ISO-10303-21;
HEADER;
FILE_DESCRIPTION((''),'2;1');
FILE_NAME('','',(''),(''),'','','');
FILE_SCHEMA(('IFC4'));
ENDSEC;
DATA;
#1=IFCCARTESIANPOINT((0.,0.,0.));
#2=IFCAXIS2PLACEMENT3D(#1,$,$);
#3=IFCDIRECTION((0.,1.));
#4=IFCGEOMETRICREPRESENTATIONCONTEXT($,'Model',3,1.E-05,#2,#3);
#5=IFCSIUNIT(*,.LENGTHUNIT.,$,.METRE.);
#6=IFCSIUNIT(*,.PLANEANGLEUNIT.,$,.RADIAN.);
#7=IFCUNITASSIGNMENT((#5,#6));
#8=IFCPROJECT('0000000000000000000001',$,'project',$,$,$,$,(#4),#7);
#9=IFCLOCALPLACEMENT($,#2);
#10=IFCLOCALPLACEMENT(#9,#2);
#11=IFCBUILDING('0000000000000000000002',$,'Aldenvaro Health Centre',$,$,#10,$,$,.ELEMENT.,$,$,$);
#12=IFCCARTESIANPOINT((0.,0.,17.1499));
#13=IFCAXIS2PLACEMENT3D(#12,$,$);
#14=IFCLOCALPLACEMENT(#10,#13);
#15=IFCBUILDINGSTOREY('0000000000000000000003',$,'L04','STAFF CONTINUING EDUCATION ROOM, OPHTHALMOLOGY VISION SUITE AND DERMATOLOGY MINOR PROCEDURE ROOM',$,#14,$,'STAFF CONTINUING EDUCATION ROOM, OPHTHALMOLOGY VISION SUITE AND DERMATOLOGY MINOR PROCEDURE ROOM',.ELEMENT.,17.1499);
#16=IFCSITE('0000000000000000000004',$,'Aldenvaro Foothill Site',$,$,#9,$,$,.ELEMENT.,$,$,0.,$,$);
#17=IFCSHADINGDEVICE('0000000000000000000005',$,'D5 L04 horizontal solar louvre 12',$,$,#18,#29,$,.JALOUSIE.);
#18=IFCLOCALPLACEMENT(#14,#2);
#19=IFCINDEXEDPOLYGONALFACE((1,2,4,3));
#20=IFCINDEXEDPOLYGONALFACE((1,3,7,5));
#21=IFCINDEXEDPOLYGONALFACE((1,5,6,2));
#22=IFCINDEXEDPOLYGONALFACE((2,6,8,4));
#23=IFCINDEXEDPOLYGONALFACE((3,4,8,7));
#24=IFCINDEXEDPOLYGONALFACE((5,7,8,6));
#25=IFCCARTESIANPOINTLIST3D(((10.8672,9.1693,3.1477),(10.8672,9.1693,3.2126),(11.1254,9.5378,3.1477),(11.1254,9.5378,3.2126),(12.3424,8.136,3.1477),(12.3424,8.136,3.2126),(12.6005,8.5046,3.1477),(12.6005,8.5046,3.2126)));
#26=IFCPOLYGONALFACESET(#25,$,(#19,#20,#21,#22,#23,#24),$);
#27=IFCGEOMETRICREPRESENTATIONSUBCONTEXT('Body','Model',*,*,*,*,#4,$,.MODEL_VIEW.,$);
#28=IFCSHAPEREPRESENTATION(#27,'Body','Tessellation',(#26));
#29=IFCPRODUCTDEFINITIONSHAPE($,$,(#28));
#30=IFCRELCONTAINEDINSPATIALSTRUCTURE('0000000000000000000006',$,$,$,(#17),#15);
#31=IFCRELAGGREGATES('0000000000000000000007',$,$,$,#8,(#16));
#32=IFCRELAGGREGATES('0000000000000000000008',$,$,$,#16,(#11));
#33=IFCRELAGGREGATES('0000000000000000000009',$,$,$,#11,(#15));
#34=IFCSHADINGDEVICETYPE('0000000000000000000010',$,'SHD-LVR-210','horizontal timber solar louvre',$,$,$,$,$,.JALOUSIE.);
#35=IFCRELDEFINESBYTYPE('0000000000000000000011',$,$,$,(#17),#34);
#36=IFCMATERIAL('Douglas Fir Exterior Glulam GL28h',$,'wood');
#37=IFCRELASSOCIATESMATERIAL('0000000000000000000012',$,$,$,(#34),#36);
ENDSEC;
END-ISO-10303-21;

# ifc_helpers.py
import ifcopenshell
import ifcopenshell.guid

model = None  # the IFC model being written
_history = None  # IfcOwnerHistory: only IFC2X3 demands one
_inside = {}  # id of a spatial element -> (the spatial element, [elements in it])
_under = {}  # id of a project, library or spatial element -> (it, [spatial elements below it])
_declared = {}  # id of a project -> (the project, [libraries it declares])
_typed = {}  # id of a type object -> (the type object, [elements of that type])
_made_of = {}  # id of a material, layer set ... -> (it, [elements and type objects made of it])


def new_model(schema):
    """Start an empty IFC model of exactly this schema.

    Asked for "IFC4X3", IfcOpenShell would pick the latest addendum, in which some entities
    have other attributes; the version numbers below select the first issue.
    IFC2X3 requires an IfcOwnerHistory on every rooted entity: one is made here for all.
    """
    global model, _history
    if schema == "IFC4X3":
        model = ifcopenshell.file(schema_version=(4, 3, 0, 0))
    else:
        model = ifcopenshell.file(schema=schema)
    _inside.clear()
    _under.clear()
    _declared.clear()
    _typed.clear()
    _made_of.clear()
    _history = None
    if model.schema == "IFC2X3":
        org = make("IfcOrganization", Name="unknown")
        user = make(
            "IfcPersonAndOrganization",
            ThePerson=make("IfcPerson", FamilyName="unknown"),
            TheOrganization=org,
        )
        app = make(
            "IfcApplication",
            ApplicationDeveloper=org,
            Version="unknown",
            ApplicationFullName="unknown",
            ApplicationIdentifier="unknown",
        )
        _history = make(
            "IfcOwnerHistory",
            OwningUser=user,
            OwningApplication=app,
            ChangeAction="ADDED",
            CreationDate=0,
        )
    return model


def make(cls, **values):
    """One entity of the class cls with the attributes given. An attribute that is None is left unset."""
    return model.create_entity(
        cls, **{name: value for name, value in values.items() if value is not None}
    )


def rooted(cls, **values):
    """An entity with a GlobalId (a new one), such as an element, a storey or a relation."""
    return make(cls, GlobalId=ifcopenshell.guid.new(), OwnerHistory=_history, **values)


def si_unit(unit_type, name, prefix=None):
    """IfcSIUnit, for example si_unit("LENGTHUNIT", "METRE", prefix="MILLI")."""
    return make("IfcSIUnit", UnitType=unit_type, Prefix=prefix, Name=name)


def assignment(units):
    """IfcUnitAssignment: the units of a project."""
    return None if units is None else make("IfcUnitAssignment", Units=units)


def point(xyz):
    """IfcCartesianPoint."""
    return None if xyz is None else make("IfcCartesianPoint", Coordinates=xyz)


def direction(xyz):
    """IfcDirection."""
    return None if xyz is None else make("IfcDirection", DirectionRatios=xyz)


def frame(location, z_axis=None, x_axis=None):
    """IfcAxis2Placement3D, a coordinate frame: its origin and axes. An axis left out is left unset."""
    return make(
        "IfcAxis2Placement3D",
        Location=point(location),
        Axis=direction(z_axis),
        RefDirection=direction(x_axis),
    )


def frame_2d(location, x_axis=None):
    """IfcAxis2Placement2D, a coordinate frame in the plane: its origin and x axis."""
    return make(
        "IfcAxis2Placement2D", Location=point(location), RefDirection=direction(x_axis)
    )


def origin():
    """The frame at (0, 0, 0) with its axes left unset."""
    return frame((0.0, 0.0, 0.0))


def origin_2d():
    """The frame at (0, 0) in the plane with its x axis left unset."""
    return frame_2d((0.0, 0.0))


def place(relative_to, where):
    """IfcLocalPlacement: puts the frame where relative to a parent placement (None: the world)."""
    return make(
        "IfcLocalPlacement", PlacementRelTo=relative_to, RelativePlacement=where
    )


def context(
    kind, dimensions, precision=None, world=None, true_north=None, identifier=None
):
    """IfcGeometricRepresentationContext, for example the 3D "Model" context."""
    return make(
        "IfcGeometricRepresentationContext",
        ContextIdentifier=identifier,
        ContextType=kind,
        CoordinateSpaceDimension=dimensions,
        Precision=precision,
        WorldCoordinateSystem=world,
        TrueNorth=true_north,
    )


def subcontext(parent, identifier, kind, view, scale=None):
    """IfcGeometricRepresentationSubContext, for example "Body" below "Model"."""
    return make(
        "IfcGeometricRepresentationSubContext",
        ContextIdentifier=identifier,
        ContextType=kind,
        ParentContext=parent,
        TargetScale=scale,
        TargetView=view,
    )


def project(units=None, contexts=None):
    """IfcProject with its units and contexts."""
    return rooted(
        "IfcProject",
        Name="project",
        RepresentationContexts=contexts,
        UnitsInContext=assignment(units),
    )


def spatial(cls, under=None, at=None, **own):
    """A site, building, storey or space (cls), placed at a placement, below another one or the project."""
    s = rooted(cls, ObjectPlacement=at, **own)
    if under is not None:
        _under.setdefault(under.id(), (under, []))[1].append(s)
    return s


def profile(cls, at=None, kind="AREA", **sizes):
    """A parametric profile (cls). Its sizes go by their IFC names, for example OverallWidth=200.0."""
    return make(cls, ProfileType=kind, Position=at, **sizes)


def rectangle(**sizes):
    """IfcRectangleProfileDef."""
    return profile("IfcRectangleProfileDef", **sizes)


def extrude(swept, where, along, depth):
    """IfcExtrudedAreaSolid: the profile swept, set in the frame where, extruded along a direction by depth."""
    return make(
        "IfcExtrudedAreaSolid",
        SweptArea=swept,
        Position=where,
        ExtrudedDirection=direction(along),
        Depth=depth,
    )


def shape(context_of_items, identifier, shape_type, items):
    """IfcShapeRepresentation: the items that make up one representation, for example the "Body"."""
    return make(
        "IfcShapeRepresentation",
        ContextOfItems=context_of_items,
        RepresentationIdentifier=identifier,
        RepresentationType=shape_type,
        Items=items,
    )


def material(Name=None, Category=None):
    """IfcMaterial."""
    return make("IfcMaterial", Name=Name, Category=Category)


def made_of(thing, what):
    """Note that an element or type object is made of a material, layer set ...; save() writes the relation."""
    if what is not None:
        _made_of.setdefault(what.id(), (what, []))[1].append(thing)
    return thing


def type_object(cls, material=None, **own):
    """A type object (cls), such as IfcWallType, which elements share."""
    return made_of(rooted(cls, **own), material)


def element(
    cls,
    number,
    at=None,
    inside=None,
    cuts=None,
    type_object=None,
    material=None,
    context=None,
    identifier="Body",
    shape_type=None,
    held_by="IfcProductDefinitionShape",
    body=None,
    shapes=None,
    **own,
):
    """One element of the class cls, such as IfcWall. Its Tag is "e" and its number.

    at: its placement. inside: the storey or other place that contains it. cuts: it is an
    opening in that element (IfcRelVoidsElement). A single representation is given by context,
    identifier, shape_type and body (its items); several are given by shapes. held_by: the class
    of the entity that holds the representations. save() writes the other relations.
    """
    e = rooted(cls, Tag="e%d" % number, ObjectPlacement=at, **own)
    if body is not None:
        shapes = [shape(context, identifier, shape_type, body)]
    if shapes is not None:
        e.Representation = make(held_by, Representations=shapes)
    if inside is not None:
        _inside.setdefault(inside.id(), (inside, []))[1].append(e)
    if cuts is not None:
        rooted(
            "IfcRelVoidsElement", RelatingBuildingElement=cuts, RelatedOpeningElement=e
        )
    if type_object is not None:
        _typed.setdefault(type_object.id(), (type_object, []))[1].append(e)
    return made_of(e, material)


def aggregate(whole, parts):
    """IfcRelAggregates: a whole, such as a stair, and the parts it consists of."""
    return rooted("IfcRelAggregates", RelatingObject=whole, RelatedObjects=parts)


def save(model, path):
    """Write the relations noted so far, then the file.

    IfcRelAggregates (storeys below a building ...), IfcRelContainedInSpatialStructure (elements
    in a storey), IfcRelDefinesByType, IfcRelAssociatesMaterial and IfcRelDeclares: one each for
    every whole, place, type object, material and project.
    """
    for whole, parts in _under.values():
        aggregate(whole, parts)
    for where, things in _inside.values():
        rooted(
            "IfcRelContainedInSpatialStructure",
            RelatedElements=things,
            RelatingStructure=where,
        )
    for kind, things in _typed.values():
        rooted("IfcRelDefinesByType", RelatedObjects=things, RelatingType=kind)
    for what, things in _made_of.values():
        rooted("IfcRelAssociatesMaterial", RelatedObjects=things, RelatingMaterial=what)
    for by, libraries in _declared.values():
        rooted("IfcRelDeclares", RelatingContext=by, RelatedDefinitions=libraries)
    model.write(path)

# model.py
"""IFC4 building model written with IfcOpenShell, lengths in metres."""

from ifc_helpers import new_model, si_unit, direction, frame, origin, origin_2d, place, context, subcontext, project, spatial, rectangle, extrude, material, type_object, element, save


model = new_model("IFC4")

# Units and contexts
model_context = context("Model", 3, precision=1e-05, world=origin(), true_north=direction((0.0, 1.0)))
body_context = subcontext(model_context, "Body", "Model", "MODEL_VIEW")
ifc_project = project(units=[si_unit("LENGTHUNIT", "METRE"), si_unit("PLANEANGLEUNIT", "RADIAN")], contexts=[model_context])

# Site, building, storey
site_placement = place(None, origin())
site = spatial("IfcSite", under=ifc_project, at=site_placement, Name="Aldenvaro Foothill Site", CompositionType="ELEMENT", RefElevation=0.0)
building_placement = place(site_placement, origin())
building = spatial("IfcBuilding", under=site, at=building_placement, Name="Aldenvaro Health Centre", CompositionType="ELEMENT")
storey_placement = place(building_placement, frame((0.0, 0.0, 17.1499)))
storey = spatial("IfcBuildingStorey", under=building, at=storey_placement, Name="L04", Description="STAFF CONTINUING EDUCATION ROOM, OPHTHALMOLOGY VISION SUITE AND DERMATOLOGY MINOR PROCEDURE ROOM", LongName="STAFF CONTINUING EDUCATION ROOM, OPHTHALMOLOGY VISION SUITE AND DERMATOLOGY MINOR PROCEDURE ROOM", CompositionType="ELEMENT", Elevation=17.1499)

# Shading device
ifc_material_1 = material(Name="Douglas Fir Exterior Glulam GL28h", Category="wood")
shading_device_type_1 = type_object("IfcShadingDeviceType", Name="SHD-LVR-210", Description="horizontal timber solar louvre", PredefinedType="JALOUSIE", material=ifc_material_1)
shading_device_1_placement = place(storey_placement, frame((11.7339, 8.8369, 3.1477), z_axis=(0.0, 0.0, 1.0), x_axis=(-0.819068, 0.573697, 0.0)))
element("IfcShadingDevice", 1, at=shading_device_1_placement, inside=storey, type_object=shading_device_type_1, Name="D5 L04 horizontal solar louvre 12", PredefinedType="JALOUSIE", context=body_context, shape_type="SweptSolid", body=[
    extrude(rectangle(XDim=1.801, YDim=0.45, at=origin_2d()), origin(), (0.0, 0.0, 1.0), 0.0649),
])

save(model, "model.ifc")
